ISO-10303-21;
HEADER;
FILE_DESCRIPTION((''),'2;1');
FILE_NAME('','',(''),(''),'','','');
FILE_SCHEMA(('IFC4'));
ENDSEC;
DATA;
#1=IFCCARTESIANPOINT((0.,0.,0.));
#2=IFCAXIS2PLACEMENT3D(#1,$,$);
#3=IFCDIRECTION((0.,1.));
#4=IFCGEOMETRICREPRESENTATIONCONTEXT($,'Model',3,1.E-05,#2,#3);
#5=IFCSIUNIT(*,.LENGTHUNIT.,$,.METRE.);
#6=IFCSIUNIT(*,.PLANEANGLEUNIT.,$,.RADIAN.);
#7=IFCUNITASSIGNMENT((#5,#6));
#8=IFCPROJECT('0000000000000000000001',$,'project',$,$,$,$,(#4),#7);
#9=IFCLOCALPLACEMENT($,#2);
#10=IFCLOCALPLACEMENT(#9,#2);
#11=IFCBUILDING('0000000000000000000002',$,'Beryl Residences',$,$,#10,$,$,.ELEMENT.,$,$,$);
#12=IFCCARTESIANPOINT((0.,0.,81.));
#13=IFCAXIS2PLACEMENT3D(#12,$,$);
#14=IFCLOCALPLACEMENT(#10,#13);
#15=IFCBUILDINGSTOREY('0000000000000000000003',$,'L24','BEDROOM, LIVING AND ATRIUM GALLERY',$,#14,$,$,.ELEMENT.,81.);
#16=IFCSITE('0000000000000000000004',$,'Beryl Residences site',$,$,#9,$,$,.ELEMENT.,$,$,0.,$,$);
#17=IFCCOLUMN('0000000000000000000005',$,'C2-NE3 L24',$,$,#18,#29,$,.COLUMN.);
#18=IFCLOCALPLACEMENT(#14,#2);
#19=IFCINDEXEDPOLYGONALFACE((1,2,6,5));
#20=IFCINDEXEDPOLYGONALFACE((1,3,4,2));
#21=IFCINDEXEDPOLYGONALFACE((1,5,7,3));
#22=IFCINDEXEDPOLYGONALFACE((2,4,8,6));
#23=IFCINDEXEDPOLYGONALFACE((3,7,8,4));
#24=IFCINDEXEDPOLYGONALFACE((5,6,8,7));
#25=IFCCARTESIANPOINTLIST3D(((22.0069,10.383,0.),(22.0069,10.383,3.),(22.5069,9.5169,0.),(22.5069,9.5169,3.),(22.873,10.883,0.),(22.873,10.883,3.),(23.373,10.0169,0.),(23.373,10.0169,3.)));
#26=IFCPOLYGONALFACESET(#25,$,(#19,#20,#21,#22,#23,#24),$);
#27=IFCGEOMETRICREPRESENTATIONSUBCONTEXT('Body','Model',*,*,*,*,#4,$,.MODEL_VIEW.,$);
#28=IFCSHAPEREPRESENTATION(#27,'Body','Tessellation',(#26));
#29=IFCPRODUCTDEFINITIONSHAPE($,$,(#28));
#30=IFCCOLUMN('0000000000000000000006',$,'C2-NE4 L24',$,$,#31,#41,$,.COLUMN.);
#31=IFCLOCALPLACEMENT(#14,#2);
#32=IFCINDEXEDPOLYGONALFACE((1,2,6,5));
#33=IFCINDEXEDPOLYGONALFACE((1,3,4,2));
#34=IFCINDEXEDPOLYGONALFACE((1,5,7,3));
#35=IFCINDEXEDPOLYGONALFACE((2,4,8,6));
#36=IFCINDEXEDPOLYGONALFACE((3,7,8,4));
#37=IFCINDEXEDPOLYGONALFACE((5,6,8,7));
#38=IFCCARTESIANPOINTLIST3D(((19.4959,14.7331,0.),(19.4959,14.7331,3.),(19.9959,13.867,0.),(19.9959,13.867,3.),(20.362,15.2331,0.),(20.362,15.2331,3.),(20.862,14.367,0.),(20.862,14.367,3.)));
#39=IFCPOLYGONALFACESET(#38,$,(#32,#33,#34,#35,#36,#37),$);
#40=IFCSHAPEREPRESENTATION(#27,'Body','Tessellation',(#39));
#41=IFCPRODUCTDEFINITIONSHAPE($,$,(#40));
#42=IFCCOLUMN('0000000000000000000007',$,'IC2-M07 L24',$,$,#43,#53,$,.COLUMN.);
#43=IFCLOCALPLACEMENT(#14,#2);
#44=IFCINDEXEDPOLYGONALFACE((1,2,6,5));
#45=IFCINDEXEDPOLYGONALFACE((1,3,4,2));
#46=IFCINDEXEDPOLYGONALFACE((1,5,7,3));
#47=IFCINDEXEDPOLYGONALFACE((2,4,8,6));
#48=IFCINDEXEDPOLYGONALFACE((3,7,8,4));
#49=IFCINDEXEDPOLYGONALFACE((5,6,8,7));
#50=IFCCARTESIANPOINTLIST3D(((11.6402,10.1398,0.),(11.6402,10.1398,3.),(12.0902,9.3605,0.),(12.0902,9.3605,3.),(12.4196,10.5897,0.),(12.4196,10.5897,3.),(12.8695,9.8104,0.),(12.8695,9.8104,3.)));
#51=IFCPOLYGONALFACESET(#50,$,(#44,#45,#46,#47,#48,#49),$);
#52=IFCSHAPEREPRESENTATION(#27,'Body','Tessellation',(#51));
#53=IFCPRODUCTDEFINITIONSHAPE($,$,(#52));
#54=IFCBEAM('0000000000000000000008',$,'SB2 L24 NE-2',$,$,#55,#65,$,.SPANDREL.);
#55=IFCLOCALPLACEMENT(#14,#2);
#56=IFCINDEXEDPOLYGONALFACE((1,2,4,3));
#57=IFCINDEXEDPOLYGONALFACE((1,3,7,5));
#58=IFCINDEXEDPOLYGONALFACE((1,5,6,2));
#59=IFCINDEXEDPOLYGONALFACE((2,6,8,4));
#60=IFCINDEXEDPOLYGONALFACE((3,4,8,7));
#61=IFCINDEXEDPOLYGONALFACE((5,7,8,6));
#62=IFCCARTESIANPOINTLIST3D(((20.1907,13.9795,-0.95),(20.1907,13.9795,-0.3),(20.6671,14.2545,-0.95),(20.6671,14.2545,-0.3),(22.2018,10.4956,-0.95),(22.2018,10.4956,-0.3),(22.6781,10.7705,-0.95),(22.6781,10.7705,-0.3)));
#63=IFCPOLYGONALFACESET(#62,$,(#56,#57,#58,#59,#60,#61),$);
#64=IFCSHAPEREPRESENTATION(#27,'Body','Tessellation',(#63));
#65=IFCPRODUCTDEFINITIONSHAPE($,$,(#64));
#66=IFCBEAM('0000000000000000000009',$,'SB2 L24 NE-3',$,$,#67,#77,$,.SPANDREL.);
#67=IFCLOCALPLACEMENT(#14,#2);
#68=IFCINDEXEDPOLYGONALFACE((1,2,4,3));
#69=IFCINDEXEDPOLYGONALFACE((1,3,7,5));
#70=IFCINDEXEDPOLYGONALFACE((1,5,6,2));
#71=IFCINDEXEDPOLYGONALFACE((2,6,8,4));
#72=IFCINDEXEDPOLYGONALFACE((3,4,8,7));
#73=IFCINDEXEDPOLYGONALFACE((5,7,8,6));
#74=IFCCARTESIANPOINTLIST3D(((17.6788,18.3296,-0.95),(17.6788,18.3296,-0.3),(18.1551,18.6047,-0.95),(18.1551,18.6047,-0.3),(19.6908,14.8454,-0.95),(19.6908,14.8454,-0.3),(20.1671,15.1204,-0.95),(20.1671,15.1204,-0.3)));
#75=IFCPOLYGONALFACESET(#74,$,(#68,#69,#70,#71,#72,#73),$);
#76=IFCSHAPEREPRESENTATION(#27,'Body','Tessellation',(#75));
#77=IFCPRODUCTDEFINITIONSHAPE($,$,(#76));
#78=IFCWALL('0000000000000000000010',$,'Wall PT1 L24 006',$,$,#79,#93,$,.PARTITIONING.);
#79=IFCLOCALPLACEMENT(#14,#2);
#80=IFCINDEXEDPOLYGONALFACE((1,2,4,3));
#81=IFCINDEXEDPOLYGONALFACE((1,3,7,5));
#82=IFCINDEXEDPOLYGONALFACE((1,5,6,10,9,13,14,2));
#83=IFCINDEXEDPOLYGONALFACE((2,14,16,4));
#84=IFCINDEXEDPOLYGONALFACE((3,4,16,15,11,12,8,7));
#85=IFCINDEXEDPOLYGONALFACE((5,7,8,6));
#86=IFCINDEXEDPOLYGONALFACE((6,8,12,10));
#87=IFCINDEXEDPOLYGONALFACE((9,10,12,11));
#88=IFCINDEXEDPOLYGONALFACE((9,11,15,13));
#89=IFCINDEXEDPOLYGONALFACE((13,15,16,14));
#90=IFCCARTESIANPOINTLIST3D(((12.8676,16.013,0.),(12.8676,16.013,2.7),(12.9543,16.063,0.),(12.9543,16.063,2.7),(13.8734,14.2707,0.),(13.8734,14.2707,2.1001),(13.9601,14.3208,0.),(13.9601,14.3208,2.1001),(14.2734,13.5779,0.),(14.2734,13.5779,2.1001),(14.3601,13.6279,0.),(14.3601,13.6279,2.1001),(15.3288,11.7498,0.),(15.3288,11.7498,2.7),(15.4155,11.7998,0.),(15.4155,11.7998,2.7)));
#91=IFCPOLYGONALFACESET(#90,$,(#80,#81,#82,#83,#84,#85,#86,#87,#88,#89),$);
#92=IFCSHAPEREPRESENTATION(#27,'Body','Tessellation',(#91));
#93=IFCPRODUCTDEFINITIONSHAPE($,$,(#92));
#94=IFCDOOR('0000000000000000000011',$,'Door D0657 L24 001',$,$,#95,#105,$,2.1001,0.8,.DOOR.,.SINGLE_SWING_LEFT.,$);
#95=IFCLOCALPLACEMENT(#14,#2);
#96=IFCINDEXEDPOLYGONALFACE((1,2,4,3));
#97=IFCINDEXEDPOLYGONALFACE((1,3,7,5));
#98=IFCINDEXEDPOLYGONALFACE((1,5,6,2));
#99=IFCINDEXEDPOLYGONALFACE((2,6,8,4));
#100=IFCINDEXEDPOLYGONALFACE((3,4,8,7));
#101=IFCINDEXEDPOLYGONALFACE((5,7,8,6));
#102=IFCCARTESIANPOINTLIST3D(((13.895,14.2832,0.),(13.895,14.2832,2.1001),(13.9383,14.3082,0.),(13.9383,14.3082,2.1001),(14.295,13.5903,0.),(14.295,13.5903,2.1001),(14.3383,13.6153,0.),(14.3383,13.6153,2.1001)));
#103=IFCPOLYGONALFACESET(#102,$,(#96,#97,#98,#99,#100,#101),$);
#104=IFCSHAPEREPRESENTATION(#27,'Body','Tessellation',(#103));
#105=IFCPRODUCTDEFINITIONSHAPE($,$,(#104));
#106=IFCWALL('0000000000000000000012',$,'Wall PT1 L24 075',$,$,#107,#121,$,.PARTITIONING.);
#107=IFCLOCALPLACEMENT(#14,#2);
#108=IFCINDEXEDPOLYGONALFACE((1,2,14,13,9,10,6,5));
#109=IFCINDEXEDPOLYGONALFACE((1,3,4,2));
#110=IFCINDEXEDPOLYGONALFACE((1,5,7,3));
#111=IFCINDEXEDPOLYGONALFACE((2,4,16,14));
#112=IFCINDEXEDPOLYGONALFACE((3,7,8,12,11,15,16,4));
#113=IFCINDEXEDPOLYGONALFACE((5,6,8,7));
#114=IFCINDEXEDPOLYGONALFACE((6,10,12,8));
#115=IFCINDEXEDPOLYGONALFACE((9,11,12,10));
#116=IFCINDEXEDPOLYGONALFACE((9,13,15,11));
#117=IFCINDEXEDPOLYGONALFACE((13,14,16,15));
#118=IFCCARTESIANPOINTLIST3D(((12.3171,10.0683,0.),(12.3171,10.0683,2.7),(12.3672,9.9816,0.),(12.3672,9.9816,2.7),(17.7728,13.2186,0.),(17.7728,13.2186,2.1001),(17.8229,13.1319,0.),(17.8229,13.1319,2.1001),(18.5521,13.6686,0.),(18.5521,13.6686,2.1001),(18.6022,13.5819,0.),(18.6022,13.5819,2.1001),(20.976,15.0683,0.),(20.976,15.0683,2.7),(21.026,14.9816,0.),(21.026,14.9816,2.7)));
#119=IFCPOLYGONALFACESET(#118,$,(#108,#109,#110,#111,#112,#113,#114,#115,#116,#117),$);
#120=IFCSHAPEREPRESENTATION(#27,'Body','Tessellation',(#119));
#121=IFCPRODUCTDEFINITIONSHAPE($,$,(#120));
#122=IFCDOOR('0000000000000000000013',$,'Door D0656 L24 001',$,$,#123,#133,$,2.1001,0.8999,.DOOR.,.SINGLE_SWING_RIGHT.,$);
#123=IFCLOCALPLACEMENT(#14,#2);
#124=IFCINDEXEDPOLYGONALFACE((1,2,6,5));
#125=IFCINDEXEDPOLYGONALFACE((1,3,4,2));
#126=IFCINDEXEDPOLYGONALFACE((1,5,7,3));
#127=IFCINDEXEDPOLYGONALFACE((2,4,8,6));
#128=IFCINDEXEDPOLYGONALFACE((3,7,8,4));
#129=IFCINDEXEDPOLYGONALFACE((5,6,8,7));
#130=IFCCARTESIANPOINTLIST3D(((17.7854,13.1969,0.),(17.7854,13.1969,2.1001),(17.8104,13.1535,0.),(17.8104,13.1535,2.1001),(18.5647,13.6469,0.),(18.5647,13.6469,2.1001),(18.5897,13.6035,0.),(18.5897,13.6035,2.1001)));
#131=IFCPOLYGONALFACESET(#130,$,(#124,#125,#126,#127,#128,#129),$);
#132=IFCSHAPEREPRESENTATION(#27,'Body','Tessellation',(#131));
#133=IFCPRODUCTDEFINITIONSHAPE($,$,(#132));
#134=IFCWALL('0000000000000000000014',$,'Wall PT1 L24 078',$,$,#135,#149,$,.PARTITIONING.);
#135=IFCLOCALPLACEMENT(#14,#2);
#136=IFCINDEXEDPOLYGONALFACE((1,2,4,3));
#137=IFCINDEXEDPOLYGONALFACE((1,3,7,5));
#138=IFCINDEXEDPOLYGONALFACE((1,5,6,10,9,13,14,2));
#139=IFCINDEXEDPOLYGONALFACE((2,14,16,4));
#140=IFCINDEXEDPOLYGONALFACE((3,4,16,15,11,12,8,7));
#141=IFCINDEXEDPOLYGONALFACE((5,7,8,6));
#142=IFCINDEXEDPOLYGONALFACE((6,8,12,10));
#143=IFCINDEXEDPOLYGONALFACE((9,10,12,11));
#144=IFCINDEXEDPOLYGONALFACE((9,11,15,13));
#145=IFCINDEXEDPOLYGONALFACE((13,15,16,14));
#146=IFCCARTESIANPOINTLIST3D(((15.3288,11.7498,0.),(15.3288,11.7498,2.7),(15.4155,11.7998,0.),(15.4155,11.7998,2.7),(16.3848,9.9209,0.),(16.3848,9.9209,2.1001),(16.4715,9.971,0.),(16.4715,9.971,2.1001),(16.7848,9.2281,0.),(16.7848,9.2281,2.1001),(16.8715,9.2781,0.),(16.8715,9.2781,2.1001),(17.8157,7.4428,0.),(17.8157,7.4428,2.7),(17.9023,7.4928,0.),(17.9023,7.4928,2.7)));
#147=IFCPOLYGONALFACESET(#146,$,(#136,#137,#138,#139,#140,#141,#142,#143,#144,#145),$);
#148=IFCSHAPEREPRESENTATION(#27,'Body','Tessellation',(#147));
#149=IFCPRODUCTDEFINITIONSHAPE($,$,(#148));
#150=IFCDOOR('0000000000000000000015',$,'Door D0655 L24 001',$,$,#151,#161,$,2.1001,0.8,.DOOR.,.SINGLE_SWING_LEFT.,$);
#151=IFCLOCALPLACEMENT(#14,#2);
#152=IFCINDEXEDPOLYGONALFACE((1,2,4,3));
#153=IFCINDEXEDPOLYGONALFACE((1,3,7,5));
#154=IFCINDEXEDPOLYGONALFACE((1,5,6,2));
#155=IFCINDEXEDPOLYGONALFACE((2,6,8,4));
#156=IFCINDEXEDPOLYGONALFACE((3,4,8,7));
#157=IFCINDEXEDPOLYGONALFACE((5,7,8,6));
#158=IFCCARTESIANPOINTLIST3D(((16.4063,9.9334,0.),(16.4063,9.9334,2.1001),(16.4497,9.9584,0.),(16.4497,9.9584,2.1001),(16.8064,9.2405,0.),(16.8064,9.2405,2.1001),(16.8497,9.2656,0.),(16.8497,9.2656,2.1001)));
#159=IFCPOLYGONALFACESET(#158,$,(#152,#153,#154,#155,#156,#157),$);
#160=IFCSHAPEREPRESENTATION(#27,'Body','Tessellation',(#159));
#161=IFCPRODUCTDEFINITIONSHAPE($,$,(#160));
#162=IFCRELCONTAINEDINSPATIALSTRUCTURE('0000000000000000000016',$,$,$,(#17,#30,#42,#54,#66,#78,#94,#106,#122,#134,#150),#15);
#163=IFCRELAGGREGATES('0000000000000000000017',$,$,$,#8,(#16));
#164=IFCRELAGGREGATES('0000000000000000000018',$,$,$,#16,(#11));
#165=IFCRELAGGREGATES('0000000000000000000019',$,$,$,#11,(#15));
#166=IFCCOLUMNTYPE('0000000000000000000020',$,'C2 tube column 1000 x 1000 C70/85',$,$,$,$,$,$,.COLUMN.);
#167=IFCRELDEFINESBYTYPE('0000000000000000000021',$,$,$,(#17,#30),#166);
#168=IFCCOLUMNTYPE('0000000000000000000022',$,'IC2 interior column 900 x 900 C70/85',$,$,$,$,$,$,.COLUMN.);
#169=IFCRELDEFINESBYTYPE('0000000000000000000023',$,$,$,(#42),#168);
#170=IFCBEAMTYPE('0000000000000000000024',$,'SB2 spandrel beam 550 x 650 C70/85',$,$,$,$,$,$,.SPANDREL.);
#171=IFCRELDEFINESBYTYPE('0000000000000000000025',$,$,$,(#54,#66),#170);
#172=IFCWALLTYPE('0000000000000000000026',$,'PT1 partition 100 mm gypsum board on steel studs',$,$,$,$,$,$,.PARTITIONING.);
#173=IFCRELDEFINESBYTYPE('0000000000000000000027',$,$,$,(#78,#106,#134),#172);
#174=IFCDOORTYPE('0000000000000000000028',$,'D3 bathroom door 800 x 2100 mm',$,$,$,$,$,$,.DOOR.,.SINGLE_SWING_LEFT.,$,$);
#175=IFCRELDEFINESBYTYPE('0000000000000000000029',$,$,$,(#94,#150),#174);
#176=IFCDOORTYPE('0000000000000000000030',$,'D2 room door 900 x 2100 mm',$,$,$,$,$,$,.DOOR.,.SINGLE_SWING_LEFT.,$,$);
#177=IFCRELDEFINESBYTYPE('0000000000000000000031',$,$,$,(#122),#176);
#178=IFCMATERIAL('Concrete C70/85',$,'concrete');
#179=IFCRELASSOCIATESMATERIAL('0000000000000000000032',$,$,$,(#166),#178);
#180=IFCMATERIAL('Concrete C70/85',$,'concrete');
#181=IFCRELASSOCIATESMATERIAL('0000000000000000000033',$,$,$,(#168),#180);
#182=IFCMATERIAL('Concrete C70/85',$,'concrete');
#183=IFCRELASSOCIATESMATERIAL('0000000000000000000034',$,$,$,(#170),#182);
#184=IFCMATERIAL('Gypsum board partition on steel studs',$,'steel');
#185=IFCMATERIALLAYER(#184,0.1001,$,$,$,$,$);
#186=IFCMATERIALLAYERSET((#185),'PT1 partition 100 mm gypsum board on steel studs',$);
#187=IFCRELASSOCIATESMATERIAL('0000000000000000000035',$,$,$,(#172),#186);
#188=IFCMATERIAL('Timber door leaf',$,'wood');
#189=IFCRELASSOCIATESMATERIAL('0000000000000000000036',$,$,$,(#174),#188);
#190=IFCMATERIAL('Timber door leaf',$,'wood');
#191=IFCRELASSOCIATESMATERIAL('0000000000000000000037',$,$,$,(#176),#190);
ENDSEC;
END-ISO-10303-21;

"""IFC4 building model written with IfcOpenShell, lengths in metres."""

from ifc_helpers import new_model, si_unit, direction, frame, frame_2d, origin, origin_2d, place, context, subcontext, project, spatial, rectangle, extrude, material, layer, layer_set, material_profile, profile_set, type_object, element, fill, save


model = new_model("IFC4")

# Units and contexts
model_context = context("Model", 3, precision=1e-05, world=origin(), true_north=direction((0.0, 1.0)))
body_context = subcontext(model_context, "Body", "Model", "MODEL_VIEW")
ifc_project = project(units=[si_unit("LENGTHUNIT", "METRE"), si_unit("PLANEANGLEUNIT", "RADIAN")], contexts=[model_context])

# Site, building, storey
site_placement = place(None, origin())
site = spatial("IfcSite", under=ifc_project, at=site_placement, Name="Beryl Residences site", CompositionType="ELEMENT", RefElevation=0.0)
building_placement = place(site_placement, origin())
building = spatial("IfcBuilding", under=site, at=building_placement, Name="Beryl Residences", CompositionType="ELEMENT")
storey_placement = place(building_placement, frame((0.0, 0.0, 81.0)))
storey = spatial("IfcBuildingStorey", under=building, at=storey_placement, Name="L24", Description="BEDROOM, LIVING AND ATRIUM GALLERY", CompositionType="ELEMENT", Elevation=81.0)

# Columns
ifc_material_1 = material(Name="Concrete C70/85", Category="concrete")
ifc_material_profile_1 = material_profile(ifc_material_1, rectangle(XDim=1.0, YDim=1.0, at=origin_2d()))
ifc_profile_set_1 = profile_set([ifc_material_profile_1], Name="Concrete C70/85")
column_type_1 = type_object("IfcColumnType", Name="C2 tube column 1000 x 1000 C70/85", PredefinedType="COLUMN", material=ifc_profile_set_1)
for number, where, z_axis, x_axis, name in (
    (1, (22.6899, 10.2, 0.0), (0.0, 0.0, 1.0), (-0.5, 0.866025, 0.0), "C2-NE3 L24"),
    (2, (20.179, 14.55, 0.0), (0.0, 0.0, 1.0), (-0.5, 0.866025, 0.0), "C2-NE4 L24"),
):
    element("IfcColumn", number, at=place(storey_placement, frame(where, z_axis=z_axis, x_axis=x_axis)), inside=storey, type_object=column_type_1, Name=name, PredefinedType="COLUMN", context=body_context, shape_type="SweptSolid", body=[
        extrude(rectangle(XDim=1.0, YDim=1.0, at=origin_2d()), origin(), (0.0, 0.0, 1.0), 3.0),
    ])
ifc_material_2 = material(Name="Concrete C70/85", Category="concrete")
ifc_material_profile_2 = material_profile(ifc_material_2, rectangle(XDim=0.8999, YDim=0.8999, at=origin_2d()))
ifc_profile_set_2 = profile_set([ifc_material_profile_2], Name="Concrete C70/85")
column_type_2 = type_object("IfcColumnType", Name="IC2 interior column 900 x 900 C70/85", PredefinedType="COLUMN", material=ifc_profile_set_2)
column_placement = place(storey_placement, frame((12.2549, 9.9751, 0.0), z_axis=(0.0, 0.0, 1.0), x_axis=(-0.5, 0.866025, 0.0)))
element("IfcColumn", 3, at=column_placement, inside=storey, type_object=column_type_2, Name="IC2-M07 L24", PredefinedType="COLUMN", context=body_context, shape_type="SweptSolid", body=[
    extrude(rectangle(XDim=0.8999, YDim=0.8999, at=origin_2d()), origin(), (0.0, 0.0, 1.0), 3.0),
])

# Beams
ifc_material_3 = material(Name="Concrete C70/85", Category="concrete")
ifc_material_profile_3 = material_profile(ifc_material_3, rectangle(XDim=0.55, YDim=0.6499, at=origin_2d()))
ifc_profile_set_3 = profile_set([ifc_material_profile_3], Name="Concrete C70/85")
beam_type = type_object("IfcBeamType", Name="SB2 spandrel beam 550 x 650 C70/85", PredefinedType="SPANDREL", material=ifc_profile_set_3)
beam_1_placement = place(storey_placement, frame((22.4399, 10.6331, -0.625), z_axis=(-0.499919, 0.866072, 0.0), x_axis=(-0.866072, -0.499919, 0.0)))
element("IfcBeam", 4, at=beam_1_placement, inside=storey, type_object=beam_type, Name="SB2 L24 NE-2", PredefinedType="SPANDREL", context=body_context, shape_type="SweptSolid", body=[
    extrude(rectangle(XDim=0.55, YDim=0.6499, at=origin_2d()), origin(), (0.0, 0.0, 1.0), 4.0227),
])
beam_2_placement = place(storey_placement, frame((19.929, 14.9829, -0.625), z_axis=(-0.500074, 0.865982, 0.0), x_axis=(-0.865982, -0.500074, 0.0)))
element("IfcBeam", 5, at=beam_2_placement, inside=storey, type_object=beam_type, Name="SB2 L24 NE-3", PredefinedType="SPANDREL", context=body_context, shape_type="SweptSolid", body=[
    extrude(rectangle(XDim=0.55, YDim=0.6499, at=origin_2d()), origin(), (0.0, 0.0, 1.0), 4.0234),
])

# Walls, openings, doors
ifc_material_4 = material(Name="Gypsum board partition on steel studs", Category="steel")
ifc_layer = layer(ifc_material_4, 0.1001)
ifc_layer_set = layer_set([ifc_layer], Name="PT1 partition 100 mm gypsum board on steel studs")
wall_type = type_object("IfcWallType", Name="PT1 partition 100 mm gypsum board on steel studs", PredefinedType="PARTITIONING", material=ifc_layer_set)
wall_1_placement = place(storey_placement, frame((12.9109, 16.0381, 0.0), z_axis=(0.0, 0.0, 1.0), x_axis=(0.499974, -0.86604, 0.0)))
wall_1 = element("IfcWall", 6, at=wall_1_placement, inside=storey, type_object=wall_type, Name="Wall PT1 L24 006", PredefinedType="PARTITIONING", context=body_context, shape_type="SweptSolid", body=[
    extrude(rectangle(XDim=4.9226, YDim=0.1001, at=frame_2d((2.4614, 0.0))), origin(), (0.0, 0.0, 1.0), 2.7),
])
opening_1_placement = place(wall_1_placement, frame((2.012, 0.0, 0.0)))
opening_1 = element("IfcOpeningElement", 7, at=opening_1_placement, cuts=wall_1, PredefinedType="OPENING", context=body_context, shape_type="SweptSolid", body=[
    extrude(rectangle(XDim=0.8, YDim=2.1001, at=frame_2d((0.3999, 1.05))), frame((0.0, 0.0601, 0.0), z_axis=(0.0, -1.0, 0.0), x_axis=(1.0, 0.0, 0.0)), (0.0, 0.0, 1.0), 0.1201),
])
ifc_material_5 = material(Name="Timber door leaf", Category="wood")
door_type_1 = type_object("IfcDoorType", Name="D3 bathroom door 800 x 2100 mm", OperationType="SINGLE_SWING_LEFT", PredefinedType="DOOR", material=ifc_material_5)
door_1_placement = place(opening_1_placement, origin())
door_1 = element("IfcDoor", 8, at=door_1_placement, inside=storey, type_object=door_type_1, Name="Door D0657 L24 001", OperationType="SINGLE_SWING_LEFT", OverallHeight=2.1001, OverallWidth=0.8, PredefinedType="DOOR", context=body_context, shape_type="SweptSolid", body=[
    extrude(rectangle(XDim=0.8, YDim=2.1001, at=frame_2d((0.3999, 1.05))), frame((0.0, 0.0249, 0.0), z_axis=(0.0, -1.0, 0.0), x_axis=(1.0, 0.0, 0.0)), (0.0, 0.0, 1.0), 0.05),
])
fill(opening_1, door_1)
wall_2_placement = place(storey_placement, frame((12.342, 10.0249, 0.0), z_axis=(0.0, 0.0, 1.0), x_axis=(0.865992, 0.500057, 0.0)))
wall_2 = element("IfcWall", 9, at=wall_2_placement, inside=storey, type_object=wall_type, Name="Wall PT1 L24 075", PredefinedType="PARTITIONING", context=body_context, shape_type="SweptSolid", body=[
    extrude(rectangle(XDim=9.9988, YDim=0.1001, at=frame_2d((4.9995, 0.0))), origin(), (0.0, 0.0, 1.0), 2.7),
])
opening_2_placement = place(wall_2_placement, frame((6.3, 0.0, 0.0)))
opening_2 = element("IfcOpeningElement", 10, at=opening_2_placement, cuts=wall_2, PredefinedType="OPENING", context=body_context, shape_type="SweptSolid", body=[
    extrude(rectangle(XDim=0.8999, YDim=2.1001, at=frame_2d((0.45, 1.05))), frame((0.0, 0.0601, 0.0), z_axis=(0.0, -1.0, 0.0), x_axis=(1.0, 0.0, 0.0)), (0.0, 0.0, 1.0), 0.1201),
])
ifc_material_6 = material(Name="Timber door leaf", Category="wood")
door_type_2 = type_object("IfcDoorType", Name="D2 room door 900 x 2100 mm", OperationType="SINGLE_SWING_LEFT", PredefinedType="DOOR", material=ifc_material_6)
door_2_placement = place(opening_2_placement, origin())
door_2 = element("IfcDoor", 11, at=door_2_placement, inside=storey, type_object=door_type_2, Name="Door D0656 L24 001", OperationType="SINGLE_SWING_RIGHT", OverallHeight=2.1001, OverallWidth=0.8999, PredefinedType="DOOR", context=body_context, shape_type="SweptSolid", body=[
    extrude(rectangle(XDim=0.8999, YDim=2.1001, at=frame_2d((0.45, 1.05))), frame((0.0, 0.0249, 0.0), z_axis=(0.0, -1.0, 0.0), x_axis=(1.0, 0.0, 0.0)), (0.0, 0.0, 1.0), 0.05),
])
fill(opening_2, door_2)
wall_3_placement = place(storey_placement, frame((15.3721, 11.7749, 0.0), z_axis=(0.0, 0.0, 1.0), x_axis=(0.500035, -0.866005, 0.0)))
wall_3 = element("IfcWall", 12, at=wall_3_placement, inside=storey, type_object=wall_type, Name="Wall PT1 L24 078", PredefinedType="PARTITIONING", context=body_context, shape_type="SweptSolid", body=[
    extrude(rectangle(XDim=4.9734, YDim=0.1001, at=frame_2d((2.4868, 0.0))), origin(), (0.0, 0.0, 1.0), 2.7),
])
opening_3_placement = place(wall_3_placement, frame((2.1121, 0.0, 0.0)))
opening_3 = element("IfcOpeningElement", 13, at=opening_3_placement, cuts=wall_3, PredefinedType="OPENING", context=body_context, shape_type="SweptSolid", body=[
    extrude(rectangle(XDim=0.8, YDim=2.1001, at=frame_2d((0.3999, 1.05))), frame((0.0, 0.0601, 0.0), z_axis=(0.0, -1.0, 0.0), x_axis=(1.0, 0.0, 0.0)), (0.0, 0.0, 1.0), 0.1201),
])
door_3_placement = place(opening_3_placement, origin())
door_3 = element("IfcDoor", 14, at=door_3_placement, inside=storey, type_object=door_type_1, Name="Door D0655 L24 001", OperationType="SINGLE_SWING_LEFT", OverallHeight=2.1001, OverallWidth=0.8, PredefinedType="DOOR", context=body_context, shape_type="SweptSolid", body=[
    extrude(rectangle(XDim=0.8, YDim=2.1001, at=frame_2d((0.3999, 1.05))), frame((0.0, 0.0249, 0.0), z_axis=(0.0, -1.0, 0.0), x_axis=(1.0, 0.0, 0.0)), (0.0, 0.0, 1.0), 0.05),
])
fill(opening_3, door_3)

save(model, "model.ifc")
